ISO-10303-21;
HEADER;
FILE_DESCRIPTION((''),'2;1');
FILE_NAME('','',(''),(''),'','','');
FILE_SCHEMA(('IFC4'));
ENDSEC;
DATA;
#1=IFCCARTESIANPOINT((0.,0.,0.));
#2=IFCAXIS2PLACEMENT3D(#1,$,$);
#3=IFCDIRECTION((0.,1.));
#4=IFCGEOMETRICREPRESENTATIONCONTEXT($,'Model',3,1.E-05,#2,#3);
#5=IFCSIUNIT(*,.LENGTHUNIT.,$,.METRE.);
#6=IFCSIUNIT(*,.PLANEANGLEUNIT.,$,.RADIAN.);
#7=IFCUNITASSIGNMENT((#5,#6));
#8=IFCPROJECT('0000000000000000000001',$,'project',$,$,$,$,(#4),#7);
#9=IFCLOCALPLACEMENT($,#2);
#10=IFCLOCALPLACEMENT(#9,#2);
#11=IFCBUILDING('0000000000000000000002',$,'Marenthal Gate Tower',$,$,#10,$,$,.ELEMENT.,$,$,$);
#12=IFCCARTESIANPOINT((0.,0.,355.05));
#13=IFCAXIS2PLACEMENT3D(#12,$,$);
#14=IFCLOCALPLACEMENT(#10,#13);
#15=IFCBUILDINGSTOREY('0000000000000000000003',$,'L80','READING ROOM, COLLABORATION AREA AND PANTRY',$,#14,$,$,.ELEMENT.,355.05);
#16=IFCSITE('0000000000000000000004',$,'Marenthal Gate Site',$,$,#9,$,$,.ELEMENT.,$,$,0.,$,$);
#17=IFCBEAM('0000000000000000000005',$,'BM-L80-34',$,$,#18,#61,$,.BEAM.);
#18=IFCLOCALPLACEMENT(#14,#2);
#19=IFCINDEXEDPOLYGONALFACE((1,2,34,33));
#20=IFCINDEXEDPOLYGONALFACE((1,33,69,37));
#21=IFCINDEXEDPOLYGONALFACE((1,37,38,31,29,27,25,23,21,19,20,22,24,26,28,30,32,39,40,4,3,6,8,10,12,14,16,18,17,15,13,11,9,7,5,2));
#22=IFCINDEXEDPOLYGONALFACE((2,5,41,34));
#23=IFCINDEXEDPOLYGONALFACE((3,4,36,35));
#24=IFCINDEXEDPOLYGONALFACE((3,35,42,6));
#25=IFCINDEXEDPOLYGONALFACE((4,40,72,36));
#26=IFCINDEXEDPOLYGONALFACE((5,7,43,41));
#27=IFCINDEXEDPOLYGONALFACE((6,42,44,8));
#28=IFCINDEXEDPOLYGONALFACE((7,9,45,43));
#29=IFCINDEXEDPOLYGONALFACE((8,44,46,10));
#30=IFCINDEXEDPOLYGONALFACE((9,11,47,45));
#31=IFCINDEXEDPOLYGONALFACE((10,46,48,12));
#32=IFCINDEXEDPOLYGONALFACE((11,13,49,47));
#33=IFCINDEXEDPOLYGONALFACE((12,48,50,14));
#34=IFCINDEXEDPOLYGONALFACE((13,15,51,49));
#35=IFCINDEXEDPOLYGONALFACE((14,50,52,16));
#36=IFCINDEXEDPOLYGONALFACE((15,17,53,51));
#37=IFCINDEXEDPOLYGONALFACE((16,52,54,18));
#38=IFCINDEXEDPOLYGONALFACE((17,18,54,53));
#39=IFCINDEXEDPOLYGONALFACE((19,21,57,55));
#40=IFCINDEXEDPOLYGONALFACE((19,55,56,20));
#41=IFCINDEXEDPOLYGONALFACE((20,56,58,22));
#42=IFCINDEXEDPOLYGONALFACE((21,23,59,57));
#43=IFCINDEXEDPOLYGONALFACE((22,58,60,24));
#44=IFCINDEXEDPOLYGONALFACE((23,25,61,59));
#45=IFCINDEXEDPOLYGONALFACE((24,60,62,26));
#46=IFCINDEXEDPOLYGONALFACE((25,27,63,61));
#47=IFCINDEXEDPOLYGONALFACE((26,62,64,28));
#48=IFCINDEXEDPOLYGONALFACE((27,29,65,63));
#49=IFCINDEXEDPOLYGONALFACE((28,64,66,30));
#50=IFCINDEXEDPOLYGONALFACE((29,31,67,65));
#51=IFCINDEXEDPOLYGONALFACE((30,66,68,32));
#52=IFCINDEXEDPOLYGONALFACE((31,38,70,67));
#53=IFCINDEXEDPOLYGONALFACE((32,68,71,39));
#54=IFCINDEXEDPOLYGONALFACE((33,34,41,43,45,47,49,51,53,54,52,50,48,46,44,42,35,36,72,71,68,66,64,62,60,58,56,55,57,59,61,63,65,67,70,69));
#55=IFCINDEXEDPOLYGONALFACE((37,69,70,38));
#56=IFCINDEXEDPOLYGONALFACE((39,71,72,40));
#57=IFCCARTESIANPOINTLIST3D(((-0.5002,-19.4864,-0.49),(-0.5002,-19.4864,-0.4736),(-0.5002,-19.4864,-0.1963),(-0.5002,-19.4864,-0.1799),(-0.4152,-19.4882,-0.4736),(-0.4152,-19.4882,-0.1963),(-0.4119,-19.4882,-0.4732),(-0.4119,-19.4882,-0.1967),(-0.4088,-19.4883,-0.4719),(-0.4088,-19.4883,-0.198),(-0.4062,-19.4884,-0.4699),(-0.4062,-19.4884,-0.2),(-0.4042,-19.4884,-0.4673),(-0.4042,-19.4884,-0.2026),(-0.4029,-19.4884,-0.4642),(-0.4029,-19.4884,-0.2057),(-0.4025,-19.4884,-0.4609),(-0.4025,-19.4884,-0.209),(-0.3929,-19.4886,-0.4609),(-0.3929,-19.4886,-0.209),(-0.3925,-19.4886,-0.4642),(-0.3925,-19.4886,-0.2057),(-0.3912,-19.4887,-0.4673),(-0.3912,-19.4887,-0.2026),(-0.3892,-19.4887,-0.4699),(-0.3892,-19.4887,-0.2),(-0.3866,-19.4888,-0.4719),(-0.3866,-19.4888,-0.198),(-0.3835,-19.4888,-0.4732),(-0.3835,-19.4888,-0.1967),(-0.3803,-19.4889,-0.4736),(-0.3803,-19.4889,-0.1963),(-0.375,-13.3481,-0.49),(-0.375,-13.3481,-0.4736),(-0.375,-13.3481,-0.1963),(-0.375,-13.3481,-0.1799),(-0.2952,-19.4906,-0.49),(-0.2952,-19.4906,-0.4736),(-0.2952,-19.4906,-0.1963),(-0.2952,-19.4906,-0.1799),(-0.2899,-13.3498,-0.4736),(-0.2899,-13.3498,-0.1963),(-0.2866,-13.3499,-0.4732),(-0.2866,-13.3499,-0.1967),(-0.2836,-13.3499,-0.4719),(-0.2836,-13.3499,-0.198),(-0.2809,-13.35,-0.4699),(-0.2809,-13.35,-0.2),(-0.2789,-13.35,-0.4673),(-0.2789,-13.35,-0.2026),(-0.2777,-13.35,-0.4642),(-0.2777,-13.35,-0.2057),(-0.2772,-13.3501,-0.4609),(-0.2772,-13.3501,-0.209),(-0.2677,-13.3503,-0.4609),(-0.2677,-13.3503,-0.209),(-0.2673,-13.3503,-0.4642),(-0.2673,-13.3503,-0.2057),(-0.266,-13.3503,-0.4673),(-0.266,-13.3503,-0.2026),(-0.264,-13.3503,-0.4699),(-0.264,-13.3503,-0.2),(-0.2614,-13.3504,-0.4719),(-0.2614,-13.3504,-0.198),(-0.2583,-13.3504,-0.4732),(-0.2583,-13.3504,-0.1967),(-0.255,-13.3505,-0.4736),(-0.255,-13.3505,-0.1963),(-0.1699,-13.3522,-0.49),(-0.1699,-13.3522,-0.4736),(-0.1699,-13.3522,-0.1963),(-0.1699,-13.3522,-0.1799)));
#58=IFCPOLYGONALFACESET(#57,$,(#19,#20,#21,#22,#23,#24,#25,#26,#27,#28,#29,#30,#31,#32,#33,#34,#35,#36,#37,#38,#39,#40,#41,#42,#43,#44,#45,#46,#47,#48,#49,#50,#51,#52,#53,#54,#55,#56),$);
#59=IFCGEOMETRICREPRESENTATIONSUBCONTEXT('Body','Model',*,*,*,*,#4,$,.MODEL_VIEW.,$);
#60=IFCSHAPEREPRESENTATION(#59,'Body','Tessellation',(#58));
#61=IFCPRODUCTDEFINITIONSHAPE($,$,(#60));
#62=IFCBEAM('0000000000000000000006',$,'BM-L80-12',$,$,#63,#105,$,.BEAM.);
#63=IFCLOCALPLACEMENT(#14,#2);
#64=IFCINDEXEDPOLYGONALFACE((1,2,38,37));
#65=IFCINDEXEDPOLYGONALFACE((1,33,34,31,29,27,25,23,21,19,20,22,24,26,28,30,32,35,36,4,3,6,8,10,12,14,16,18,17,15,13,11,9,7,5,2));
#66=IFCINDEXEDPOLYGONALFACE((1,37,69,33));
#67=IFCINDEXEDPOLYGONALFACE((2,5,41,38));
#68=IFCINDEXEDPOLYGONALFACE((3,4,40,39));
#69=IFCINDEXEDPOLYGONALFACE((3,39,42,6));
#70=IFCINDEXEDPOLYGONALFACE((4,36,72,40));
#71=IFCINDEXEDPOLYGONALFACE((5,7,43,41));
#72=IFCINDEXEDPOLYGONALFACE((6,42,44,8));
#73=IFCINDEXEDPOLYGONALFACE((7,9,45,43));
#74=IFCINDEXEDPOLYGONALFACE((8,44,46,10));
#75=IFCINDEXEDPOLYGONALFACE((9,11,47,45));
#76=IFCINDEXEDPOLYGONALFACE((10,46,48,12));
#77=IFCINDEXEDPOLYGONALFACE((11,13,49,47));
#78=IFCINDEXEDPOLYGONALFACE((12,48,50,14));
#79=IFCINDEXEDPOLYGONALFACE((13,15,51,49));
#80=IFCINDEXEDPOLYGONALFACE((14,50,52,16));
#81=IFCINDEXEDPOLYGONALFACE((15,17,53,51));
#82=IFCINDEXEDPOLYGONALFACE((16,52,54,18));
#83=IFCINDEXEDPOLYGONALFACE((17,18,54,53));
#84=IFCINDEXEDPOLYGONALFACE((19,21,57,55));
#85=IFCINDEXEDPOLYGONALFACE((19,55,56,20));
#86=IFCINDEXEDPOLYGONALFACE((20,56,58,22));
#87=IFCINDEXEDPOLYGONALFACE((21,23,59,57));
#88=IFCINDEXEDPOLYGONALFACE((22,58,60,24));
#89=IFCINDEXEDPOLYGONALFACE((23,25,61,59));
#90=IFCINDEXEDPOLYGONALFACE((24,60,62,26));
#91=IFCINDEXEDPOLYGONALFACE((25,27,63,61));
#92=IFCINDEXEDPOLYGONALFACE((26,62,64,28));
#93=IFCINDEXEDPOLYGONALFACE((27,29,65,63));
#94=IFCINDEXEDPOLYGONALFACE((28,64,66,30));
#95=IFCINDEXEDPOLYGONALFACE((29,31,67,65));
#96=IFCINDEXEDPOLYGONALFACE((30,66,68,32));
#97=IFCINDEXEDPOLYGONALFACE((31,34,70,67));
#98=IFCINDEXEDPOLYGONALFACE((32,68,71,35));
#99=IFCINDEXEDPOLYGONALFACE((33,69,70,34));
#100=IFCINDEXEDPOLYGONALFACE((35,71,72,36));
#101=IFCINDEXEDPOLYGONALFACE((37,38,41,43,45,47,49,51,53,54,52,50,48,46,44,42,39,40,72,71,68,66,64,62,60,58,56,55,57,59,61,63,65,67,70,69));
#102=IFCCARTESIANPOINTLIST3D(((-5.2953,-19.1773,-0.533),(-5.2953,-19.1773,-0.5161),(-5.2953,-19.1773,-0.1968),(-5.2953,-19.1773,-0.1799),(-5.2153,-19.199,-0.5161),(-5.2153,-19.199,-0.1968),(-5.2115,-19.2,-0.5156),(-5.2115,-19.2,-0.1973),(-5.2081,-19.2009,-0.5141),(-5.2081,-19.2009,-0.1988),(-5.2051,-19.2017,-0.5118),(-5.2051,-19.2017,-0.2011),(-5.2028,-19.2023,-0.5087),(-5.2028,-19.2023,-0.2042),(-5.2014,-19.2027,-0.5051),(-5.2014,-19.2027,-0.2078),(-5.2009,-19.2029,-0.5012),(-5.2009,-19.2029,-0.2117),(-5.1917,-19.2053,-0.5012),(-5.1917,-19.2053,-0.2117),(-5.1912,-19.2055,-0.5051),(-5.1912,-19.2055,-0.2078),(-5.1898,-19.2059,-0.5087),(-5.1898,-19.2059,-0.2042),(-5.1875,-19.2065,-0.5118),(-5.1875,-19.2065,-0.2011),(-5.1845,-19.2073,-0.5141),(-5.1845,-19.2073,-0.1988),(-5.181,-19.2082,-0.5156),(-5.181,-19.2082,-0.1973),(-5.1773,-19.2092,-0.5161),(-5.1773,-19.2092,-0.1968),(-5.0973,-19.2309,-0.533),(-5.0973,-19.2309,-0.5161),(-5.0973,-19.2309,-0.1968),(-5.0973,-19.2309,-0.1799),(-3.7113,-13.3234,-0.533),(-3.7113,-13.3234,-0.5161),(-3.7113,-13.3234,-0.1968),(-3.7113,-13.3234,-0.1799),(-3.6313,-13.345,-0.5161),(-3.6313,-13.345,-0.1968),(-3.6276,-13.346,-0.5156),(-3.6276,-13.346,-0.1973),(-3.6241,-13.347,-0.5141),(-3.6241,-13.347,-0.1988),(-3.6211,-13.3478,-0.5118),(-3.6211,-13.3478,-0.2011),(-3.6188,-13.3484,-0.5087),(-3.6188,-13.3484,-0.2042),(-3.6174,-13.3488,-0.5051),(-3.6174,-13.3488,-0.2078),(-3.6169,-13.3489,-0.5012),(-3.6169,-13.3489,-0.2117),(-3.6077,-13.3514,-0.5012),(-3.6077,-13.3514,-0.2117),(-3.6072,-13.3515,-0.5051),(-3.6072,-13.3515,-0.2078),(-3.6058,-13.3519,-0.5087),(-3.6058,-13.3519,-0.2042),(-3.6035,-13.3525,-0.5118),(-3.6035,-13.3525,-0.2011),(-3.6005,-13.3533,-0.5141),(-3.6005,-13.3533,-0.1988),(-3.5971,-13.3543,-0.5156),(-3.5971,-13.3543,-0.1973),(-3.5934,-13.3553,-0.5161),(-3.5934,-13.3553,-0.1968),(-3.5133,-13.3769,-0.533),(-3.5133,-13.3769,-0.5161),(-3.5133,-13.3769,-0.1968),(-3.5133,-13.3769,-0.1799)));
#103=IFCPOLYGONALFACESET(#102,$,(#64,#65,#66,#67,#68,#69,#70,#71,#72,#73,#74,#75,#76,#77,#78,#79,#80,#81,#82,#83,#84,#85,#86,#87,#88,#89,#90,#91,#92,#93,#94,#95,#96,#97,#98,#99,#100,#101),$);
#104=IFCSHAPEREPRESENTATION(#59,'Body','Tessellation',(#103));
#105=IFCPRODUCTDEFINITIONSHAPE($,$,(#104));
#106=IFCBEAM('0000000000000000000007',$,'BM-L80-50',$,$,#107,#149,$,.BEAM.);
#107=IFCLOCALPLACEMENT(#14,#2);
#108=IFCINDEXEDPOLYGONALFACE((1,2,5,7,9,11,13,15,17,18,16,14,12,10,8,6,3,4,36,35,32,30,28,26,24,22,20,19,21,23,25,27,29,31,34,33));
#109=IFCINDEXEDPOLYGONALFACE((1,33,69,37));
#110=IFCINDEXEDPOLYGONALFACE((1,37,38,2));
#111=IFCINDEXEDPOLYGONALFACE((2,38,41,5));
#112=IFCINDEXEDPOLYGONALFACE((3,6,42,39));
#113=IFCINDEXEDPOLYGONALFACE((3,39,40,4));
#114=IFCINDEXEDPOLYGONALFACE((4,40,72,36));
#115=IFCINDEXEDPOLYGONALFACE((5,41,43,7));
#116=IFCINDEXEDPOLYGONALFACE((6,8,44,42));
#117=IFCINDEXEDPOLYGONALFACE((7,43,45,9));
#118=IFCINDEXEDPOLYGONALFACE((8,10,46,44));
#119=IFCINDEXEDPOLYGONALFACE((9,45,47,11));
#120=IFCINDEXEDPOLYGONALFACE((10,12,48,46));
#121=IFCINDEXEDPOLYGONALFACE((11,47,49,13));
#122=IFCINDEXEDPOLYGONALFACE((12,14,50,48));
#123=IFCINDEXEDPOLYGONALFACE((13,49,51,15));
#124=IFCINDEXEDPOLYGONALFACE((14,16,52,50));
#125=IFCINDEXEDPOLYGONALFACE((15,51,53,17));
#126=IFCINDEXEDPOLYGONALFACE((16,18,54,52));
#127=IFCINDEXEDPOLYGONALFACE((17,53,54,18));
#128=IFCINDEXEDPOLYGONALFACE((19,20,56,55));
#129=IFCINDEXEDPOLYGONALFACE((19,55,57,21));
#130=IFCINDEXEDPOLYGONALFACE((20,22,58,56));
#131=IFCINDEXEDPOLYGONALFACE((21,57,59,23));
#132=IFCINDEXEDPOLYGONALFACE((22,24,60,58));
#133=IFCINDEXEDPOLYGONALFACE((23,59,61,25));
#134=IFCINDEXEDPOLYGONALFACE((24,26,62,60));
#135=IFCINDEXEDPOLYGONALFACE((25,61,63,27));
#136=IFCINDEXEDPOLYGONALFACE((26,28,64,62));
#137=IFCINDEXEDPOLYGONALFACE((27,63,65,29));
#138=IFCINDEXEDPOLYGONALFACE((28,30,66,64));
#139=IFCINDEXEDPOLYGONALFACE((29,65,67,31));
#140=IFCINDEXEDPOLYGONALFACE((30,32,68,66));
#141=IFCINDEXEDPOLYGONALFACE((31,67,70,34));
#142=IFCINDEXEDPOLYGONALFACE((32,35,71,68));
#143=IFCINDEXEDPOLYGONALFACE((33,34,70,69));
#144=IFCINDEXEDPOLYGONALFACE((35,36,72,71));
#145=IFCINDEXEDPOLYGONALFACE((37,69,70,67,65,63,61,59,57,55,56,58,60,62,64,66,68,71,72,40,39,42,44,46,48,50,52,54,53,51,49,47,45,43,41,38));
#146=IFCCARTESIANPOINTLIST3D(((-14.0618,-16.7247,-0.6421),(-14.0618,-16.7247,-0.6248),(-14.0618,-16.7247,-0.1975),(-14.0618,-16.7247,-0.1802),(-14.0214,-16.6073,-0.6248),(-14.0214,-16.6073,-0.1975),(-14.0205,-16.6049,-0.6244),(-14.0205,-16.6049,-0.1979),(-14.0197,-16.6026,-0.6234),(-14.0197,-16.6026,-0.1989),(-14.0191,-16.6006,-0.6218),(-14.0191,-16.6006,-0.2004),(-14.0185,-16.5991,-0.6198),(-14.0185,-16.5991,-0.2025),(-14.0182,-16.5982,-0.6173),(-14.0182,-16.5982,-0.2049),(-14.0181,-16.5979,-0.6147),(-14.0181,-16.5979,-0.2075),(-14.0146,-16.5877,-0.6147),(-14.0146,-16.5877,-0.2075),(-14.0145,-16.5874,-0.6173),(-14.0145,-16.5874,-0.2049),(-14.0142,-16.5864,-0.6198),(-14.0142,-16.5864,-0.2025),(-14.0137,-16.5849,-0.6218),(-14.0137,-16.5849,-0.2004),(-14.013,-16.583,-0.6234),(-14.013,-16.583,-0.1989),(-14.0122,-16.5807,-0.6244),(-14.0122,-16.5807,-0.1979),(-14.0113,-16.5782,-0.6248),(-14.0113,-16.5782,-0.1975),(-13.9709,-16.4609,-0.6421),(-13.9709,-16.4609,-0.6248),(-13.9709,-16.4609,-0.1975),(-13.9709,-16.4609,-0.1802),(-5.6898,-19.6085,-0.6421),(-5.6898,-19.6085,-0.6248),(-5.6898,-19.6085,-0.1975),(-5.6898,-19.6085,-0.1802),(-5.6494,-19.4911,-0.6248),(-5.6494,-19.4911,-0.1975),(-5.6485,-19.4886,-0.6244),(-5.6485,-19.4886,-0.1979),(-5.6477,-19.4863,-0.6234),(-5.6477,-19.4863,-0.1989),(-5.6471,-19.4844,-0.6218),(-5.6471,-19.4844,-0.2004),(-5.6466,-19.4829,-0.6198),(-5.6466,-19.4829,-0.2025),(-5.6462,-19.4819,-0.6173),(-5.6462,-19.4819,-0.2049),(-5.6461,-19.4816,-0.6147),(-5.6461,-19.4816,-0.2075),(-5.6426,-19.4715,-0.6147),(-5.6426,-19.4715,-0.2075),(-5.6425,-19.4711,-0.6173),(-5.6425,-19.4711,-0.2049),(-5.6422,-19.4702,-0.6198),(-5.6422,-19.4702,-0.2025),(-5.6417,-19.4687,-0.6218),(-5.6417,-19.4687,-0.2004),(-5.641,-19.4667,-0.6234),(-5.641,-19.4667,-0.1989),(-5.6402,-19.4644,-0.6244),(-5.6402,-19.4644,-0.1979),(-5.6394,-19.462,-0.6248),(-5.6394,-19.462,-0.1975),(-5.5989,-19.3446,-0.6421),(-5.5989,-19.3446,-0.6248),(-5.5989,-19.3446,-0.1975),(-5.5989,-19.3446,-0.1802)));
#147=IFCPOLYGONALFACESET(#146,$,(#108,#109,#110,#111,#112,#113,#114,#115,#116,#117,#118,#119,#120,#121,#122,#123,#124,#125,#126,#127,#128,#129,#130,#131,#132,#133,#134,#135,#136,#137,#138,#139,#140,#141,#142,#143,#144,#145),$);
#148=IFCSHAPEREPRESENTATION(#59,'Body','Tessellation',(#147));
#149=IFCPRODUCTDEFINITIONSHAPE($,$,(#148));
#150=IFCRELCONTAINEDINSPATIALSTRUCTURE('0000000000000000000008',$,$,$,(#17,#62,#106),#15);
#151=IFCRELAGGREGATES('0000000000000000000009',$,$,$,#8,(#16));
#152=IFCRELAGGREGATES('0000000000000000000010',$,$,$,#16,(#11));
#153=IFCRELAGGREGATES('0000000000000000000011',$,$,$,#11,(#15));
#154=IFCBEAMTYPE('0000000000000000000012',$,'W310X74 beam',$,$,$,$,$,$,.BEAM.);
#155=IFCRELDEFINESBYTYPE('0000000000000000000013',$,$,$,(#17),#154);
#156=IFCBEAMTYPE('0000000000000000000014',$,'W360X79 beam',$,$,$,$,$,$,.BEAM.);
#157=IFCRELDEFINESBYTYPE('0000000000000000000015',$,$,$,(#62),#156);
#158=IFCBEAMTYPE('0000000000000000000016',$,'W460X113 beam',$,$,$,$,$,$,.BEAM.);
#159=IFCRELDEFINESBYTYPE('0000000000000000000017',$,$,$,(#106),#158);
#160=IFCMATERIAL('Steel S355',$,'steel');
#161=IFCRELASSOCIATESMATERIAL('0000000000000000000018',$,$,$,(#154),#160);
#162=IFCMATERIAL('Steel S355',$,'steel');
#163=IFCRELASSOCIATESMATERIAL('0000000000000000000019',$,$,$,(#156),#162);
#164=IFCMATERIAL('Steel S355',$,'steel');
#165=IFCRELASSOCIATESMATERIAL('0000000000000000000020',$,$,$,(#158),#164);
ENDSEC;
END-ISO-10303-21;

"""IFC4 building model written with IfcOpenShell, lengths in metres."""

from ifc_helpers import new_model, si_unit, direction, frame, origin, origin_2d, place, context, subcontext, project, spatial, i_section, extrude, material, material_profile, profile_set, type_object, element, save


model = new_model("IFC4")

# Units and contexts
model_context = context("Model", 3, precision=1e-05, world=origin(), true_north=direction((0.0, 1.0)))
body_context = subcontext(model_context, "Body", "Model", "MODEL_VIEW")
ifc_project = project(units=[si_unit("LENGTHUNIT", "METRE"), si_unit("PLANEANGLEUNIT", "RADIAN")], contexts=[model_context])

# Site, building, storey
site_placement = place(None, origin())
site = spatial("IfcSite", under=ifc_project, at=site_placement, Name="Marenthal Gate Site", CompositionType="ELEMENT", RefElevation=0.0)
building_placement = place(site_placement, origin())
building = spatial("IfcBuilding", under=site, at=building_placement, Name="Marenthal Gate Tower", CompositionType="ELEMENT")
storey_placement = place(building_placement, frame((0.0, 0.0, 355.05)))
storey = spatial("IfcBuildingStorey", under=building, at=storey_placement, Name="L80", Description="READING ROOM, COLLABORATION AREA AND PANTRY", CompositionType="ELEMENT", Elevation=355.05)

# Beams
ifc_material_1 = material(Name="Steel S355", Category="steel")
ifc_material_profile_1 = material_profile(ifc_material_1, i_section(OverallWidth=0.2051, OverallDepth=0.3101, WebThickness=0.0095, FlangeThickness=0.0164, FilletRadius=0.0127, at=origin_2d()), Name="W310X74")
ifc_profile_set_1 = profile_set([ifc_material_profile_1], Name="Steel S355")
beam_type_1 = type_object("IfcBeamType", Name="W310X74 beam", PredefinedType="BEAM", material=ifc_profile_set_1)
beam_1_placement = place(storey_placement, frame((-0.3977, -19.4885, -0.335), z_axis=(0.020399, 0.999792, 0.0), x_axis=(-0.999792, 0.020399, 0.0)))
element("IfcBeam", 1, at=beam_1_placement, inside=storey, type_object=beam_type_1, Name="BM-L80-34", PredefinedType="BEAM", context=body_context, shape_type="SweptSolid", body=[
    extrude(i_section(OverallWidth=0.2051, OverallDepth=0.3101, WebThickness=0.0095, FlangeThickness=0.0164, FilletRadius=0.0127, at=origin_2d()), origin(), (0.0, 0.0, 1.0), 6.1396),
])
ifc_material_2 = material(Name="Steel S355", Category="steel")
ifc_material_profile_2 = material_profile(ifc_material_2, i_section(OverallWidth=0.2051, OverallDepth=0.353, WebThickness=0.0095, FlangeThickness=0.0168, FilletRadius=0.0149, at=origin_2d()), Name="W360X79")
ifc_profile_set_2 = profile_set([ifc_material_profile_2], Name="Steel S355")
beam_type_2 = type_object("IfcBeamType", Name="W360X79 beam", PredefinedType="BEAM", material=ifc_profile_set_2)
beam_2_placement = place(storey_placement, frame((-5.1963, -19.2041, -0.3564), z_axis=(0.261189, 0.965288, 0.0), x_axis=(-0.965288, 0.261189, 0.0)))
element("IfcBeam", 2, at=beam_2_placement, inside=storey, type_object=beam_type_2, Name="BM-L80-12", PredefinedType="BEAM", context=body_context, shape_type="SweptSolid", body=[
    extrude(i_section(OverallWidth=0.2051, OverallDepth=0.353, WebThickness=0.0095, FlangeThickness=0.0168, FilletRadius=0.0149, at=origin_2d()), origin(), (0.0, 0.0, 1.0), 6.0645),
])
ifc_material_3 = material(Name="Steel S355", Category="steel")
ifc_material_profile_3 = material_profile(ifc_material_3, i_section(OverallWidth=0.2791, OverallDepth=0.4619, WebThickness=0.0107, FlangeThickness=0.0173, FilletRadius=0.01, at=origin_2d()), Name="W460X113")
ifc_profile_set_3 = profile_set([ifc_material_profile_3], Name="Steel S355")
beam_type_3 = type_object("IfcBeamType", Name="W460X113 beam", PredefinedType="BEAM", material=ifc_profile_set_3)
beam_3_placement = place(storey_placement, frame((-14.0164, -16.5928, -0.4111), z_axis=(0.945482, -0.325675, 0.0), x_axis=(0.325675, 0.945482, 0.0)))
element("IfcBeam", 3, at=beam_3_placement, inside=storey, type_object=beam_type_3, Name="BM-L80-50", PredefinedType="BEAM", context=body_context, shape_type="SweptSolid", body=[
    extrude(i_section(OverallWidth=0.2791, OverallDepth=0.4619, WebThickness=0.0107, FlangeThickness=0.0173, FilletRadius=0.01, at=origin_2d()), origin(), (0.0, 0.0, 1.0), 8.8547),
])

save(model, "model.ifc")
